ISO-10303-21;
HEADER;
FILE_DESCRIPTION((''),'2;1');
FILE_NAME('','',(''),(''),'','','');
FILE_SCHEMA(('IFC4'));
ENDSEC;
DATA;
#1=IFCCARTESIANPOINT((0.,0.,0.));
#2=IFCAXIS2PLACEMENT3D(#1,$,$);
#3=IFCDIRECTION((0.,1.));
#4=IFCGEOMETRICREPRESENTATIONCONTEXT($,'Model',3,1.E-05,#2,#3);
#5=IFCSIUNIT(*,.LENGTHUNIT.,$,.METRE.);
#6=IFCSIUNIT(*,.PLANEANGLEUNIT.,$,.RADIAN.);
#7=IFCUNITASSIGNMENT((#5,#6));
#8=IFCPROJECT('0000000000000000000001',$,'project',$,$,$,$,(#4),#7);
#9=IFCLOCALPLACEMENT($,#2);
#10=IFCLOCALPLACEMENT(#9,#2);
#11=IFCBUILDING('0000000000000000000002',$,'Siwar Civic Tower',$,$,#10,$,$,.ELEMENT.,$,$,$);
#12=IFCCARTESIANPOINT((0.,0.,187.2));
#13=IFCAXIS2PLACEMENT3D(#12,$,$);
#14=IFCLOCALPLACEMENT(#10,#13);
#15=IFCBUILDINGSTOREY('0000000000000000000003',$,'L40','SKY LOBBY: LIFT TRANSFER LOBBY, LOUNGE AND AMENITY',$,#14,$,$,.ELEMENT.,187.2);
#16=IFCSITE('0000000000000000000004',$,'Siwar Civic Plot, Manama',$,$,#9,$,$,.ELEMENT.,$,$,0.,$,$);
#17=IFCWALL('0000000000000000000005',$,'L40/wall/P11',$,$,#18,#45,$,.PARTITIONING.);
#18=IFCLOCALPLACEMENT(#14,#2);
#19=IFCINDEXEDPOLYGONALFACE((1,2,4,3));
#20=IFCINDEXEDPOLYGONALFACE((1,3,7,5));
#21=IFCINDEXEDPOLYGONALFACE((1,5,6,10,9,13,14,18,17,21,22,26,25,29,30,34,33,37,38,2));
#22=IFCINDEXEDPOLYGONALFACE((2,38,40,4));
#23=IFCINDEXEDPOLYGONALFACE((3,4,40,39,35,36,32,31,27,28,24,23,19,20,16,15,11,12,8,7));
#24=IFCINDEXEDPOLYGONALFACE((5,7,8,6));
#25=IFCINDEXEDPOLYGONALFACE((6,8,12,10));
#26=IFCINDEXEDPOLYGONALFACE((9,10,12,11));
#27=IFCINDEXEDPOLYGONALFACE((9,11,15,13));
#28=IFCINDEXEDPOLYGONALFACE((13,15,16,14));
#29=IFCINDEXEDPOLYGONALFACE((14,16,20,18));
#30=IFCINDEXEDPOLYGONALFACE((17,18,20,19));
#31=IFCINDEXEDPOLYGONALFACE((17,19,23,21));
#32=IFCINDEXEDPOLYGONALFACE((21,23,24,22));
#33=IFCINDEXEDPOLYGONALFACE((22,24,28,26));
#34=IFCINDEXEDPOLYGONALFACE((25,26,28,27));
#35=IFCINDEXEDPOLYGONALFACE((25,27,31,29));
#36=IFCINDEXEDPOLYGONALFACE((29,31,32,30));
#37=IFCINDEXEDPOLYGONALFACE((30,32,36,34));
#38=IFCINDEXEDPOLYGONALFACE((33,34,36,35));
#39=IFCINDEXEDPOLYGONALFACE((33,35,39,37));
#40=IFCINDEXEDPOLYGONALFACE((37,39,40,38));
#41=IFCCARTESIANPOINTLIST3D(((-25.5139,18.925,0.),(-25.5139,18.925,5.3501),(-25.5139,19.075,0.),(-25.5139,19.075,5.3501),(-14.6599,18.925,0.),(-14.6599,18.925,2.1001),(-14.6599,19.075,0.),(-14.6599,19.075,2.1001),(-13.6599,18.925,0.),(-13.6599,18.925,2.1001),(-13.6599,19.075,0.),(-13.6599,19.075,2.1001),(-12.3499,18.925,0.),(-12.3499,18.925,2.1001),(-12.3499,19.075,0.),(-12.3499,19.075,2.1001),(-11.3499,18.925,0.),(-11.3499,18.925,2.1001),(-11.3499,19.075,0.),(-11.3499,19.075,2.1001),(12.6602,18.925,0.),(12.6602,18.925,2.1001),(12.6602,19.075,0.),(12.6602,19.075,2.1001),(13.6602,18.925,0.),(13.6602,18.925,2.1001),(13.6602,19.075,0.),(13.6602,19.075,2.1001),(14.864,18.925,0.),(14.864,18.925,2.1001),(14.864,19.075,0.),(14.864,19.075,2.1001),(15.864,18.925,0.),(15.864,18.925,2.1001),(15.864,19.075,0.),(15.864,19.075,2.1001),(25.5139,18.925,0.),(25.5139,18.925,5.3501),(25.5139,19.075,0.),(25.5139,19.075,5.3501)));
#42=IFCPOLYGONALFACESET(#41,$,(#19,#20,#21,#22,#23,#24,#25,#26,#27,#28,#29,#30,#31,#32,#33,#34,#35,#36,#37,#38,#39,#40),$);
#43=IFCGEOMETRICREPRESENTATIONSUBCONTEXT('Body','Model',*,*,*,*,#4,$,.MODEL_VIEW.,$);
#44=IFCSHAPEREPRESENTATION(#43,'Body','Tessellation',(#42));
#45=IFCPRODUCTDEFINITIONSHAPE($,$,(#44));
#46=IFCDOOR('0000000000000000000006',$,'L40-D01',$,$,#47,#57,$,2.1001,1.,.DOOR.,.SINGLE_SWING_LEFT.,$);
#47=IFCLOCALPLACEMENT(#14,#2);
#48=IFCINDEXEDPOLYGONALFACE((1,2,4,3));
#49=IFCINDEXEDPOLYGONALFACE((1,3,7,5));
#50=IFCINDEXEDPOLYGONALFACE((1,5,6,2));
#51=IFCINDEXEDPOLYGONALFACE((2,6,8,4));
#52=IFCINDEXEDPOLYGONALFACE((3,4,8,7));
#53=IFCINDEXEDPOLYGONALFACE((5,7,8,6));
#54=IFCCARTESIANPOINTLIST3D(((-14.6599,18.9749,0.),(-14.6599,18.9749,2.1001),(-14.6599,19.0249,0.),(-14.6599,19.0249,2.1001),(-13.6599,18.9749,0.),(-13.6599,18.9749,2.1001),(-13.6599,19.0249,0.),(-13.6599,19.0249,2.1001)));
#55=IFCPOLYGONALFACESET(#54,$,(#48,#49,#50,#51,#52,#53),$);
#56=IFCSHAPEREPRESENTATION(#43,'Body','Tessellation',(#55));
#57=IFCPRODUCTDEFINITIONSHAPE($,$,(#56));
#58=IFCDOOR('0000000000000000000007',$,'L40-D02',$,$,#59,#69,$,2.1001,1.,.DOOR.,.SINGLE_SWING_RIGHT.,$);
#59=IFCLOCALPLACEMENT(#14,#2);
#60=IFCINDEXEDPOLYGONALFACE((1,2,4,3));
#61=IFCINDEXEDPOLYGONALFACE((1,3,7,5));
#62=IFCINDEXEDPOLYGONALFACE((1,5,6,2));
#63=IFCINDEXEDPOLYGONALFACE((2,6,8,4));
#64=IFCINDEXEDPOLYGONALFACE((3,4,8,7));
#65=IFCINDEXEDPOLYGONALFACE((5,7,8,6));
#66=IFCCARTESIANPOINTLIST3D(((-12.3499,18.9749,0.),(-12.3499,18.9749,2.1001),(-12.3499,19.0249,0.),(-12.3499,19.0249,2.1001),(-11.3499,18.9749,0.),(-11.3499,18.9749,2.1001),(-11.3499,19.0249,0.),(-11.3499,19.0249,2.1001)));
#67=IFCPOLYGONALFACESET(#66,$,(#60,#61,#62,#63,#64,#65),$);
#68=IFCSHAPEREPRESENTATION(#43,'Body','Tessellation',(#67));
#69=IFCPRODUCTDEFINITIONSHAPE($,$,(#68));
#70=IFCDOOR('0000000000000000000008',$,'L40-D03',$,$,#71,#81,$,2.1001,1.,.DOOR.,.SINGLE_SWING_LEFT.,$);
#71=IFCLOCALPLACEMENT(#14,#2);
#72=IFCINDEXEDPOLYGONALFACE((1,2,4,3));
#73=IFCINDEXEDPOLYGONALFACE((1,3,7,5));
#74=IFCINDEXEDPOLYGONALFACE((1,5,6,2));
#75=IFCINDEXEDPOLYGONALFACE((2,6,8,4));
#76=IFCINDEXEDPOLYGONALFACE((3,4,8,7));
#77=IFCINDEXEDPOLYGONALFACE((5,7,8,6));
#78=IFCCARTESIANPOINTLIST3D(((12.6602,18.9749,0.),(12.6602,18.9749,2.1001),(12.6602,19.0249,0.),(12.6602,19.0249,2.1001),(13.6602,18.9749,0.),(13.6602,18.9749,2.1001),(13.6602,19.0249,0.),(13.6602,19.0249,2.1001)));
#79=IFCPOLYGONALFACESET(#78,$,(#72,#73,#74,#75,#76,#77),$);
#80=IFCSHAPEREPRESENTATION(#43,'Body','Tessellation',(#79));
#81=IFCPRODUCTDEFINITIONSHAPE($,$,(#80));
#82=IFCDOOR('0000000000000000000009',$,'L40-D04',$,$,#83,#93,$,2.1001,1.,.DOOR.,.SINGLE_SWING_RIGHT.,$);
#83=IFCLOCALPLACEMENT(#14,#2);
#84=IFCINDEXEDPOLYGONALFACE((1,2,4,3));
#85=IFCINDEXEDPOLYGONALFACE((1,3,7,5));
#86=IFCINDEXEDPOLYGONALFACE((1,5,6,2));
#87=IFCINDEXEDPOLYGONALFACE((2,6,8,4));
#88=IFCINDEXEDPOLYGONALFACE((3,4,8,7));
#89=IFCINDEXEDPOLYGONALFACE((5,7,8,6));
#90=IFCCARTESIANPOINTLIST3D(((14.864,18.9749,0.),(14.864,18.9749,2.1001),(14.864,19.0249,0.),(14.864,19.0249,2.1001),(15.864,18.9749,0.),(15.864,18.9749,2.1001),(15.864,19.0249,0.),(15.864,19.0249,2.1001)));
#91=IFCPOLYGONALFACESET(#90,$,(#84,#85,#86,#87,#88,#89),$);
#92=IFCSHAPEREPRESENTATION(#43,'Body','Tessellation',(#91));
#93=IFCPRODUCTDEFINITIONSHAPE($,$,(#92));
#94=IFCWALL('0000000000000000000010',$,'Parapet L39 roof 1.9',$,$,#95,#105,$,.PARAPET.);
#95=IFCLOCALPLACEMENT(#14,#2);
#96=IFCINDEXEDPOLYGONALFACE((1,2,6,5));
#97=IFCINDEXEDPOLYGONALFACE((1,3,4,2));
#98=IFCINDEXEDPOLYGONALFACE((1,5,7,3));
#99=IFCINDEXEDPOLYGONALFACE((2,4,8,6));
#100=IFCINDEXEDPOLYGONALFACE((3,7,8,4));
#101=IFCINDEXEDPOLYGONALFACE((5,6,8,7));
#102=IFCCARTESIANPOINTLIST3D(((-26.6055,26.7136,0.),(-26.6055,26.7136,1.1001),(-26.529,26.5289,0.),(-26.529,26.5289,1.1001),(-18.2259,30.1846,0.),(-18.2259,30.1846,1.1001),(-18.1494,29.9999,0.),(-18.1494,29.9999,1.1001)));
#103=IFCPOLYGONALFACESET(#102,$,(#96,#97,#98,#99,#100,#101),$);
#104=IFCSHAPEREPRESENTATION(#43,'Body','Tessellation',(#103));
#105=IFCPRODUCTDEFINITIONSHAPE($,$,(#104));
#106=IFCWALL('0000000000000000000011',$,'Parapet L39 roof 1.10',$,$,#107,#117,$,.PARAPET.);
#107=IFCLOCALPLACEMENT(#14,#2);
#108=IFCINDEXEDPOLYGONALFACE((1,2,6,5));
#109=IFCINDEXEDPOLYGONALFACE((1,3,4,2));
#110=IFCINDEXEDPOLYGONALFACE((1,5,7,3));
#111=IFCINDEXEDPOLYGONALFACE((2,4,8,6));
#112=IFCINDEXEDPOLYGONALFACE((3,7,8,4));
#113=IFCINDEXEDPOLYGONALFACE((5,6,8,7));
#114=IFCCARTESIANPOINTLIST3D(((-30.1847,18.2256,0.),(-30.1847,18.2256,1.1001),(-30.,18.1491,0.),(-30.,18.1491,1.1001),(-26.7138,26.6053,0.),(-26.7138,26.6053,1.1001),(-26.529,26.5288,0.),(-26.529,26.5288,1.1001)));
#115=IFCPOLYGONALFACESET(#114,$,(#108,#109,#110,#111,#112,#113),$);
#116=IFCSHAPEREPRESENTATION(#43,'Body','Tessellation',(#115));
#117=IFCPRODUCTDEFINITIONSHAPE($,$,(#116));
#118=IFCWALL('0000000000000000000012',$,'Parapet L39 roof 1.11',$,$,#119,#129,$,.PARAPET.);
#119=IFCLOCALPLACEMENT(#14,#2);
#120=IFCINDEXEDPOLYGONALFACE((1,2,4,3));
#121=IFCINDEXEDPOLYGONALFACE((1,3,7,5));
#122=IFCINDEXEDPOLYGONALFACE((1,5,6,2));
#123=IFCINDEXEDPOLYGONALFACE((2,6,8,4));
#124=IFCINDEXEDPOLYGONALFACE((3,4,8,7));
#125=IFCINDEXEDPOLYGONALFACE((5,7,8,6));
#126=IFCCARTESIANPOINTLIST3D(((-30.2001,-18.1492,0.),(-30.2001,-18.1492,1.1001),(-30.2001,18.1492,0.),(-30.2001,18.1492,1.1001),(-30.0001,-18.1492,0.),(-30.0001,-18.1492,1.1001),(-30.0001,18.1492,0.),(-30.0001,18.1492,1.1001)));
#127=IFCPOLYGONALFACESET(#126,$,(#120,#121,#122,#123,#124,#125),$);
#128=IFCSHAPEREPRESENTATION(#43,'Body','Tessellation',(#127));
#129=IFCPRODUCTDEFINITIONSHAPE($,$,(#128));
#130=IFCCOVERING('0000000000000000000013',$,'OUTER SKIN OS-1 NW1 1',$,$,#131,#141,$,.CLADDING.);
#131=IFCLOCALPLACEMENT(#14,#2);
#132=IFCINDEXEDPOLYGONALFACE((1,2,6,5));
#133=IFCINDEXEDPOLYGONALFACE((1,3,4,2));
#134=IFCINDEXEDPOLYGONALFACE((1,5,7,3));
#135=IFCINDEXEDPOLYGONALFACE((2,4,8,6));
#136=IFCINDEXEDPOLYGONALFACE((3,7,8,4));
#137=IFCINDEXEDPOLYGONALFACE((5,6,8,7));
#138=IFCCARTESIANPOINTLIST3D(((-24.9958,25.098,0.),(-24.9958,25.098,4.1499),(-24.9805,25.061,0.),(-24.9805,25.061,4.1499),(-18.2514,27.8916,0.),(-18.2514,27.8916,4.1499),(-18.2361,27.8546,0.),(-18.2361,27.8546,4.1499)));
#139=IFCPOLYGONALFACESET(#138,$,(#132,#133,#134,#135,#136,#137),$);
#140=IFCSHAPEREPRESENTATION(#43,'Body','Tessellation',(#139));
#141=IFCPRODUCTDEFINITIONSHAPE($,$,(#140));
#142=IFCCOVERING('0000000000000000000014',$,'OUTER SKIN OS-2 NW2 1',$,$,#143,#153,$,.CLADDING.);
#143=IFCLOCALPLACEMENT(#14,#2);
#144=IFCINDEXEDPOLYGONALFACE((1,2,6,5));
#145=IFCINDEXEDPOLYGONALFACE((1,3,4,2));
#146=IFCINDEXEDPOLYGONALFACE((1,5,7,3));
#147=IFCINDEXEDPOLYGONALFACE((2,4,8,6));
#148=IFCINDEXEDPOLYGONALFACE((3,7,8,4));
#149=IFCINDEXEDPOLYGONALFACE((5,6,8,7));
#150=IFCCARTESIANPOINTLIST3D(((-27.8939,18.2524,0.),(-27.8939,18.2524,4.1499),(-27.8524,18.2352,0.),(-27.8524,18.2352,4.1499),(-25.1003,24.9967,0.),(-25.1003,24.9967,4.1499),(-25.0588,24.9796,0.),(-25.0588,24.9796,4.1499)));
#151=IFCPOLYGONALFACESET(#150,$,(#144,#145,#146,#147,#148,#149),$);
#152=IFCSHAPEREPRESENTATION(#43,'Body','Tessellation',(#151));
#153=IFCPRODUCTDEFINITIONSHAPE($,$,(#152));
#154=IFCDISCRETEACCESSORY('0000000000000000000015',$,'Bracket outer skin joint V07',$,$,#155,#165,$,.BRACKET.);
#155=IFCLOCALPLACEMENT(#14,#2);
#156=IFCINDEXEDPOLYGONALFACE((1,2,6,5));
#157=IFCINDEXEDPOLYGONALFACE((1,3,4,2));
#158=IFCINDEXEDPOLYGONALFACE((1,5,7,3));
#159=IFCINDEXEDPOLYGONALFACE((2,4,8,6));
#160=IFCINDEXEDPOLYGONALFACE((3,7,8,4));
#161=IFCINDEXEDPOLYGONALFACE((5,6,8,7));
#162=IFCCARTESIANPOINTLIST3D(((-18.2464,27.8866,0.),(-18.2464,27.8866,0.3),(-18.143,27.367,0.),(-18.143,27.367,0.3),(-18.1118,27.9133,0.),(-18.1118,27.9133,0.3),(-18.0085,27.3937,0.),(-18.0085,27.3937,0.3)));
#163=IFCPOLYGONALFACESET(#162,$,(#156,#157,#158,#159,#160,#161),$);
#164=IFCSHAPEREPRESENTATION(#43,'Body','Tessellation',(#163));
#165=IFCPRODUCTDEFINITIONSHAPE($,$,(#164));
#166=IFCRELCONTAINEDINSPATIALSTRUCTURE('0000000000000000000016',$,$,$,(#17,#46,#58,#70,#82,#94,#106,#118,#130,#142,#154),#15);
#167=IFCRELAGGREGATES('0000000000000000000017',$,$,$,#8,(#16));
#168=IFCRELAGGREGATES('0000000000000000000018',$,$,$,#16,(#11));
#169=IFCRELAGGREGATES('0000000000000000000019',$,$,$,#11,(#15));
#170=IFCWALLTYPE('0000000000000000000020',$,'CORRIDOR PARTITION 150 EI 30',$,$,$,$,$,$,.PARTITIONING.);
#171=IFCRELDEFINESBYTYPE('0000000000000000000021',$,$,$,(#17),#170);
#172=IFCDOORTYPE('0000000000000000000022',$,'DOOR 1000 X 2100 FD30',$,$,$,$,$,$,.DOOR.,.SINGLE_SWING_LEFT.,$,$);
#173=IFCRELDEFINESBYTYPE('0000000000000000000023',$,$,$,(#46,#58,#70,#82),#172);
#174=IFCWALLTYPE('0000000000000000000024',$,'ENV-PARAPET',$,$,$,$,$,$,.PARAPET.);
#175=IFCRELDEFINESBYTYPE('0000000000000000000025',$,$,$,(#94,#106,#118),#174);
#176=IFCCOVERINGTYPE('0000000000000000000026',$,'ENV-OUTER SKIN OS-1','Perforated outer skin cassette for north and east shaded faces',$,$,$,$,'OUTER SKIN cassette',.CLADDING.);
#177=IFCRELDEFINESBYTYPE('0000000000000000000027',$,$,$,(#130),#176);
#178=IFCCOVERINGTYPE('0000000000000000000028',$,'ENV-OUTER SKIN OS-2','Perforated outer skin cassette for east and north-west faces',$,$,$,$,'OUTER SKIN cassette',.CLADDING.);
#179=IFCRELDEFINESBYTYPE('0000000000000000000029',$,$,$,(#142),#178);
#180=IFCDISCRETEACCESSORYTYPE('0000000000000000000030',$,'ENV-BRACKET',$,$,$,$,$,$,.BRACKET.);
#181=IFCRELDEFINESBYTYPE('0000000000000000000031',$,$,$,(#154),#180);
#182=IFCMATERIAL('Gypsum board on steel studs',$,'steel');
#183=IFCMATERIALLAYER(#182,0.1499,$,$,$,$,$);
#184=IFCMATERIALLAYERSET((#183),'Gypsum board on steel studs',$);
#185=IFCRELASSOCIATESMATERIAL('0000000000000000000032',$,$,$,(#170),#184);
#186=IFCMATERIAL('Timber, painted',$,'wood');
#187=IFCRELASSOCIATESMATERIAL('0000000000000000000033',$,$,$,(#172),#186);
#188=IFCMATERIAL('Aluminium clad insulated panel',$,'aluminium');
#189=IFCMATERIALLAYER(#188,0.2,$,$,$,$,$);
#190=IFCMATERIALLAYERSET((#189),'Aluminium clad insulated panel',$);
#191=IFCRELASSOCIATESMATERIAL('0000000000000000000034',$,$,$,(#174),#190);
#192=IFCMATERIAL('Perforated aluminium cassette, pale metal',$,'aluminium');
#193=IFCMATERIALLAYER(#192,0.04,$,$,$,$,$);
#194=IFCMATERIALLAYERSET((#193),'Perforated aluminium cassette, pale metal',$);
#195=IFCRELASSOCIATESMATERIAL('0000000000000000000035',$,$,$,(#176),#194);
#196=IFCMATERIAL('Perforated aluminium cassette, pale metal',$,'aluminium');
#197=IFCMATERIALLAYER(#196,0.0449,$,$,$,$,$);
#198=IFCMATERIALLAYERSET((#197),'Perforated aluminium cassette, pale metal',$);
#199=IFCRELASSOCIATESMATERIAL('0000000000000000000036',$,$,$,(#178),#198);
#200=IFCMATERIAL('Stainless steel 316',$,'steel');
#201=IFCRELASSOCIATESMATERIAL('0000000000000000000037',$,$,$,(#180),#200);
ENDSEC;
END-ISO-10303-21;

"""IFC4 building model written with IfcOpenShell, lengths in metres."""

from ifc_helpers import new_model, si_unit, direction, frame, frame_2d, origin, origin_2d, place, context, subcontext, project, spatial, rectangle, extrude, material, layer, layer_set, type_object, element, fill, save


model = new_model("IFC4")

# Units and contexts
model_context = context("Model", 3, precision=1e-05, world=origin(), true_north=direction((0.0, 1.0)))
body_context = subcontext(model_context, "Body", "Model", "MODEL_VIEW")
ifc_project = project(units=[si_unit("LENGTHUNIT", "METRE"), si_unit("PLANEANGLEUNIT", "RADIAN")], contexts=[model_context])

# Site, building, storey
site_placement = place(None, origin())
site = spatial("IfcSite", under=ifc_project, at=site_placement, Name="Siwar Civic Plot, Manama", CompositionType="ELEMENT", RefElevation=0.0)
building_placement = place(site_placement, origin())
building = spatial("IfcBuilding", under=site, at=building_placement, Name="Siwar Civic Tower", CompositionType="ELEMENT")
storey_placement = place(building_placement, frame((0.0, 0.0, 187.2)))
storey = spatial("IfcBuildingStorey", under=building, at=storey_placement, Name="L40", Description="SKY LOBBY: LIFT TRANSFER LOBBY, LOUNGE AND AMENITY", CompositionType="ELEMENT", Elevation=187.2)

# Wall, openings, doors
ifc_material_1 = material(Name="Gypsum board on steel studs", Category="steel")
ifc_layer_1 = layer(ifc_material_1, 0.1499)
ifc_layer_set_1 = layer_set([ifc_layer_1], Name="Gypsum board on steel studs")
wall_type_1 = type_object("IfcWallType", Name="CORRIDOR PARTITION 150 EI 30", PredefinedType="PARTITIONING", material=ifc_layer_set_1)
wall_1_placement = place(storey_placement, frame((-25.5139, 19.0, 0.0), z_axis=(0.0, 0.0, 1.0), x_axis=(1.0, 0.0, 0.0)))
wall_1 = element("IfcWall", 1, at=wall_1_placement, inside=storey, type_object=wall_type_1, Name="L40/wall/P11", PredefinedType="PARTITIONING", context=body_context, shape_type="SweptSolid", body=[
    extrude(rectangle(XDim=51.0278, YDim=0.1499, at=frame_2d((25.5139, 0.0))), origin(), (0.0, 0.0, 1.0), 5.3501),
])
opening_1_placement = place(wall_1_placement, frame((10.854, 0.0, 0.0)))
opening_1 = element("IfcOpeningElement", 2, at=opening_1_placement, cuts=wall_1, PredefinedType="OPENING", context=body_context, shape_type="SweptSolid", body=[
    extrude(rectangle(XDim=1.0, YDim=2.1001, at=frame_2d((0.5, 1.05))), frame((0.0, 0.085, 0.0), z_axis=(0.0, -1.0, 0.0), x_axis=(1.0, 0.0, 0.0)), (0.0, 0.0, 1.0), 0.1699),
])
opening_2_placement = place(wall_1_placement, frame((13.1641, 0.0, 0.0)))
opening_2 = element("IfcOpeningElement", 3, at=opening_2_placement, cuts=wall_1, PredefinedType="OPENING", context=body_context, shape_type="SweptSolid", body=[
    extrude(rectangle(XDim=1.0, YDim=2.1001, at=frame_2d((0.5, 1.05))), frame((0.0, 0.085, 0.0), z_axis=(0.0, -1.0, 0.0), x_axis=(1.0, 0.0, 0.0)), (0.0, 0.0, 1.0), 0.1699),
])
opening_3_placement = place(wall_1_placement, frame((38.1741, 0.0, 0.0)))
opening_3 = element("IfcOpeningElement", 4, at=opening_3_placement, cuts=wall_1, PredefinedType="OPENING", context=body_context, shape_type="SweptSolid", body=[
    extrude(rectangle(XDim=1.0, YDim=2.1001, at=frame_2d((0.5, 1.05))), frame((0.0, 0.085, 0.0), z_axis=(0.0, -1.0, 0.0), x_axis=(1.0, 0.0, 0.0)), (0.0, 0.0, 1.0), 0.1699),
])
opening_4_placement = place(wall_1_placement, frame((40.3779, 0.0, 0.0)))
opening_4 = element("IfcOpeningElement", 5, at=opening_4_placement, cuts=wall_1, PredefinedType="OPENING", context=body_context, shape_type="SweptSolid", body=[
    extrude(rectangle(XDim=1.0, YDim=2.1001, at=frame_2d((0.5, 1.05))), frame((0.0, 0.085, 0.0), z_axis=(0.0, -1.0, 0.0), x_axis=(1.0, 0.0, 0.0)), (0.0, 0.0, 1.0), 0.1699),
])
ifc_material_2 = material(Name="Timber, painted", Category="wood")
door_type = type_object("IfcDoorType", Name="DOOR 1000 X 2100 FD30", OperationType="SINGLE_SWING_LEFT", PredefinedType="DOOR", material=ifc_material_2)
door_1_placement = place(opening_1_placement, origin())
door_1 = element("IfcDoor", 6, at=door_1_placement, inside=storey, type_object=door_type, Name="L40-D01", OperationType="SINGLE_SWING_LEFT", OverallHeight=2.1001, OverallWidth=1.0, PredefinedType="DOOR", context=body_context, shape_type="SweptSolid", body=[
    extrude(rectangle(XDim=1.0, YDim=2.1001, at=frame_2d((0.5, 1.05))), frame((0.0, 0.0249, 0.0), z_axis=(0.0, -1.0, 0.0), x_axis=(1.0, 0.0, 0.0)), (0.0, 0.0, 1.0), 0.05),
])
fill(opening_1, door_1)
door_2_placement = place(opening_2_placement, origin())
door_2 = element("IfcDoor", 7, at=door_2_placement, inside=storey, type_object=door_type, Name="L40-D02", OperationType="SINGLE_SWING_RIGHT", OverallHeight=2.1001, OverallWidth=1.0, PredefinedType="DOOR", context=body_context, shape_type="SweptSolid", body=[
    extrude(rectangle(XDim=1.0, YDim=2.1001, at=frame_2d((0.5, 1.05))), frame((0.0, 0.0249, 0.0), z_axis=(0.0, -1.0, 0.0), x_axis=(1.0, 0.0, 0.0)), (0.0, 0.0, 1.0), 0.05),
])
fill(opening_2, door_2)
door_3_placement = place(opening_3_placement, origin())
door_3 = element("IfcDoor", 8, at=door_3_placement, inside=storey, type_object=door_type, Name="L40-D03", OperationType="SINGLE_SWING_LEFT", OverallHeight=2.1001, OverallWidth=1.0, PredefinedType="DOOR", context=body_context, shape_type="SweptSolid", body=[
    extrude(rectangle(XDim=1.0, YDim=2.1001, at=frame_2d((0.5, 1.05))), frame((0.0, 0.0249, 0.0), z_axis=(0.0, -1.0, 0.0), x_axis=(1.0, 0.0, 0.0)), (0.0, 0.0, 1.0), 0.05),
])
fill(opening_3, door_3)
door_4_placement = place(opening_4_placement, origin())
door_4 = element("IfcDoor", 9, at=door_4_placement, inside=storey, type_object=door_type, Name="L40-D04", OperationType="SINGLE_SWING_RIGHT", OverallHeight=2.1001, OverallWidth=1.0, PredefinedType="DOOR", context=body_context, shape_type="SweptSolid", body=[
    extrude(rectangle(XDim=1.0, YDim=2.1001, at=frame_2d((0.5, 1.05))), frame((0.0, 0.0249, 0.0), z_axis=(0.0, -1.0, 0.0), x_axis=(1.0, 0.0, 0.0)), (0.0, 0.0, 1.0), 0.05),
])
fill(opening_4, door_4)

# Walls
ifc_material_3 = material(Name="Aluminium clad insulated panel", Category="aluminium")
ifc_layer_2 = layer(ifc_material_3, 0.2)
ifc_layer_set_2 = layer_set([ifc_layer_2], Name="Aluminium clad insulated panel")
wall_type_2 = type_object("IfcWallType", Name="ENV-PARAPET", PredefinedType="PARAPET", material=ifc_layer_set_2)
for number, where, z_axis, x_axis, name in (
    (10, (-18.1875, 30.0923, 0.0), (0.0, 0.0, 1.0), (-0.92388, -0.382682, 0.0), "Parapet L39 roof 1.9"),
    (11, (-26.6213, 26.5671, 0.0), (0.0, 0.0, 1.0), (-0.382682, -0.92388, 0.0), "Parapet L39 roof 1.10"),
):
    element("IfcWall", number, at=place(storey_placement, frame(where, z_axis=z_axis, x_axis=x_axis)), inside=storey, type_object=wall_type_2, Name=name, PredefinedType="PARAPET", context=body_context, shape_type="SweptSolid", body=[
        extrude(rectangle(XDim=9.0701, YDim=0.2, at=frame_2d((4.5352, 0.0))), origin(), (0.0, 0.0, 1.0), 1.1001),
    ])
wall_2_placement = place(storey_placement, frame((-30.1001, 18.1492, 0.0), z_axis=(0.0, 0.0, 1.0), x_axis=(0.0, -1.0, 0.0)))
element("IfcWall", 12, at=wall_2_placement, inside=storey, type_object=wall_type_2, Name="Parapet L39 roof 1.11", PredefinedType="PARAPET", context=body_context, shape_type="SweptSolid", body=[
    extrude(rectangle(XDim=36.2983, YDim=0.2, at=frame_2d((18.1492, 0.0))), origin(), (0.0, 0.0, 1.0), 1.1001),
])

# Coverings
ifc_material_4 = material(Name="Perforated aluminium cassette, pale metal", Category="aluminium")
ifc_layer_3 = layer(ifc_material_4, 0.04)
ifc_layer_set_3 = layer_set([ifc_layer_3], Name="Perforated aluminium cassette, pale metal")
covering_type_1 = type_object("IfcCoveringType", Name="ENV-OUTER SKIN OS-1", Description="Perforated outer skin cassette for north and east shaded faces", ElementType="OUTER SKIN cassette", PredefinedType="CLADDING", material=ifc_layer_set_3)
covering_1_placement = place(storey_placement, frame((-21.616, 26.4763, 0.0), z_axis=(0.0, 0.0, 1.0), x_axis=(-0.92388, -0.382683, 0.0)))
element("IfcCovering", 13, at=covering_1_placement, inside=storey, type_object=covering_type_1, Name="OUTER SKIN OS-1 NW1 1", PredefinedType="CLADDING", context=body_context, shape_type="SweptSolid", body=[
    extrude(rectangle(XDim=7.3, YDim=0.04, at=origin_2d()), origin(), (0.0, 0.0, 1.0), 4.1499),
])
ifc_material_5 = material(Name="Perforated aluminium cassette, pale metal", Category="aluminium")
ifc_layer_4 = layer(ifc_material_5, 0.0449)
ifc_layer_set_4 = layer_set([ifc_layer_4], Name="Perforated aluminium cassette, pale metal")
covering_type_2 = type_object("IfcCoveringType", Name="ENV-OUTER SKIN OS-2", Description="Perforated outer skin cassette for east and north-west faces", ElementType="OUTER SKIN cassette", PredefinedType="CLADDING", material=ifc_layer_set_4)
covering_2_placement = place(storey_placement, frame((-26.4763, 21.616, 0.0), z_axis=(0.0, 0.0, 1.0), x_axis=(-0.382683, -0.92388, 0.0)))
element("IfcCovering", 14, at=covering_2_placement, inside=storey, type_object=covering_type_2, Name="OUTER SKIN OS-2 NW2 1", PredefinedType="CLADDING", context=body_context, shape_type="SweptSolid", body=[
    extrude(rectangle(XDim=7.3, YDim=0.0449, at=origin_2d()), origin(), (0.0, 0.0, 1.0), 4.1499),
])

# Discrete accessory
ifc_material_6 = material(Name="Stainless steel 316", Category="steel")
discrete_accessory_type = type_object("IfcDiscreteAccessoryType", Name="ENV-BRACKET", PredefinedType="BRACKET", material=ifc_material_6)
discrete_accessory_1_placement = place(storey_placement, frame((-18.1274, 27.6401, 0.0), z_axis=(0.0, 0.0, 1.0), x_axis=(-0.19509, 0.980785, 0.0)))
element("IfcDiscreteAccessory", 15, at=discrete_accessory_1_placement, inside=storey, type_object=discrete_accessory_type, Name="Bracket outer skin joint V07", PredefinedType="BRACKET", context=body_context, shape_type="SweptSolid", body=[
    extrude(rectangle(XDim=0.5298, YDim=0.1372, at=origin_2d()), origin(), (0.0, 0.0, 1.0), 0.3),
])

save(model, "model.ifc")
